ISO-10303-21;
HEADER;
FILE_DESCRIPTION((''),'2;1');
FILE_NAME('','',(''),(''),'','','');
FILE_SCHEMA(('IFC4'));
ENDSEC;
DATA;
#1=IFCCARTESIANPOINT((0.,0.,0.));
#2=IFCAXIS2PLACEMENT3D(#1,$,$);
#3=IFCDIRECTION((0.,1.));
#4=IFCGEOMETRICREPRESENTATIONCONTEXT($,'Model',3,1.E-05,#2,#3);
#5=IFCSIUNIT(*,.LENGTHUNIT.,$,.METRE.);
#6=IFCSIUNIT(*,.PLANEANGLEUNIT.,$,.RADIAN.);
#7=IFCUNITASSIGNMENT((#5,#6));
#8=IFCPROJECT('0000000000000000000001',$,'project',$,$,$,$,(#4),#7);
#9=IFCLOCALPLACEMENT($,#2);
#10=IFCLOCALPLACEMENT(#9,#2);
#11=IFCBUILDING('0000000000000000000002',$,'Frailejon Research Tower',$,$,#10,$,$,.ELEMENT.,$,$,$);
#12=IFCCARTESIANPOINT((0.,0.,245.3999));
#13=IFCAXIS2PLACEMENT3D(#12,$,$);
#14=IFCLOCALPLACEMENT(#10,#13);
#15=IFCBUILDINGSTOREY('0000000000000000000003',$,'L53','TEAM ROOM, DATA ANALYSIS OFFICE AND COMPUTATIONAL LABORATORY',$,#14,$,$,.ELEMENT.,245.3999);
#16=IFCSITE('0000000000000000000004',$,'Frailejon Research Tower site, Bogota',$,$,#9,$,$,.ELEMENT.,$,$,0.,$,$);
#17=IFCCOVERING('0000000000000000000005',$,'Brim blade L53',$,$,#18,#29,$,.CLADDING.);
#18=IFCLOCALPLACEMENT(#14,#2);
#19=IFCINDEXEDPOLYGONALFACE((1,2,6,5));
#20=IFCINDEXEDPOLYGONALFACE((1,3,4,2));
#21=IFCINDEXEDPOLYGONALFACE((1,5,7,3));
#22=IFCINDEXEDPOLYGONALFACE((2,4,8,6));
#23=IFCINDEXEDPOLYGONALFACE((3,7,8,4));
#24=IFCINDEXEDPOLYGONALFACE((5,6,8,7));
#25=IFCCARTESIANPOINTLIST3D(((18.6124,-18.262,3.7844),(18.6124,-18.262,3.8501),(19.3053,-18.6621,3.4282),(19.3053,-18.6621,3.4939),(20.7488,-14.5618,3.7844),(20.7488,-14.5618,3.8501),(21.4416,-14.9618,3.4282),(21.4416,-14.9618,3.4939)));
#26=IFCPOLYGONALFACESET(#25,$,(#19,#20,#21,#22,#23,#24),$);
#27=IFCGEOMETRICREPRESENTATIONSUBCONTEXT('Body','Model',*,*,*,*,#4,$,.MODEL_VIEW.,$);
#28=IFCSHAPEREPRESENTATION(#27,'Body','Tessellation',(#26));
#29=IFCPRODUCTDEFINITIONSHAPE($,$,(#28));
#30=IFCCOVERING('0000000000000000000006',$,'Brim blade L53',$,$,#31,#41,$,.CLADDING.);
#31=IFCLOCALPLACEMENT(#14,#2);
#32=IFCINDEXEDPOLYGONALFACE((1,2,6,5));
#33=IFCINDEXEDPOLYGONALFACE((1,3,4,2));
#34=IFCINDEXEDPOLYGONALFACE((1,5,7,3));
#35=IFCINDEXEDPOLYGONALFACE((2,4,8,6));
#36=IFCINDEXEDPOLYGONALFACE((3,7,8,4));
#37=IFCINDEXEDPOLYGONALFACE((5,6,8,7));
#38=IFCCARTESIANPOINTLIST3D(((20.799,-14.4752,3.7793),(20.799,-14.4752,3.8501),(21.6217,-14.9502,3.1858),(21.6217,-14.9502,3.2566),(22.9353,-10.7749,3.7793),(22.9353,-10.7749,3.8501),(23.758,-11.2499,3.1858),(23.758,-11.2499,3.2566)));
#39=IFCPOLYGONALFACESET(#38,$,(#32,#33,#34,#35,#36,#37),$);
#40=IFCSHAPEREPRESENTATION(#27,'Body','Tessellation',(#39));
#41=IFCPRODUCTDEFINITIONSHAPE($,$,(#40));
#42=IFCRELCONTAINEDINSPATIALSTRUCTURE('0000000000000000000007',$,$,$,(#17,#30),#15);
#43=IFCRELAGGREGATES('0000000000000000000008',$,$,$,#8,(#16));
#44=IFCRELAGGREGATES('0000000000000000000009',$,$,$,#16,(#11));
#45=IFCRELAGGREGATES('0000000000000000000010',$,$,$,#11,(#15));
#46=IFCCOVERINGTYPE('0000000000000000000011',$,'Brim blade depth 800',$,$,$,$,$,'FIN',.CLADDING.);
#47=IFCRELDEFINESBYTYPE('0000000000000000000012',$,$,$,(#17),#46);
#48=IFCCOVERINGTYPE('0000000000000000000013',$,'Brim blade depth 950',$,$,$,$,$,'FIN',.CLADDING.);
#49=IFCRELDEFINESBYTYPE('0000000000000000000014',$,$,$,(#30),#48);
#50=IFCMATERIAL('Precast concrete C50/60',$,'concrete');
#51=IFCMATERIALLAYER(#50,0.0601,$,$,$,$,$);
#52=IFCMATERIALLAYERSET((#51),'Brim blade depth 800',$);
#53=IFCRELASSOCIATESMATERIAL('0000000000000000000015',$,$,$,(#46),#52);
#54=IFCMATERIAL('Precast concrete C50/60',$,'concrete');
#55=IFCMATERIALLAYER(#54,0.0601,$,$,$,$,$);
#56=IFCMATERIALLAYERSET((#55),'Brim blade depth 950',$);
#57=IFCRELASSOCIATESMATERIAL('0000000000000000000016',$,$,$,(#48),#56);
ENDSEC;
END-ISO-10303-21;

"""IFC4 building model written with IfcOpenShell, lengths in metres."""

from ifc_helpers import new_model, si_unit, direction, frame, origin, place, context, subcontext, project, spatial, polyline, outline, extrude, material, layer, layer_set, type_object, element, save


model = new_model("IFC4")

# Units and contexts
model_context = context("Model", 3, precision=1e-05, world=origin(), true_north=direction((0.0, 1.0)))
body_context = subcontext(model_context, "Body", "Model", "MODEL_VIEW")
ifc_project = project(units=[si_unit("LENGTHUNIT", "METRE"), si_unit("PLANEANGLEUNIT", "RADIAN")], contexts=[model_context])

# Site, building, storey
site_placement = place(None, origin())
site = spatial("IfcSite", under=ifc_project, at=site_placement, Name="Frailejon Research Tower site, Bogota", CompositionType="ELEMENT", RefElevation=0.0)
building_placement = place(site_placement, origin())
building = spatial("IfcBuilding", under=site, at=building_placement, Name="Frailejon Research Tower", CompositionType="ELEMENT")
storey_placement = place(building_placement, frame((0.0, 0.0, 245.3999)))
storey = spatial("IfcBuildingStorey", under=building, at=storey_placement, Name="L53", Description="TEAM ROOM, DATA ANALYSIS OFFICE AND COMPUTATIONAL LABORATORY", CompositionType="ELEMENT", Elevation=245.3999)

# Coverings
ifc_material_1 = material(Name="Precast concrete C50/60", Category="concrete")
ifc_layer_1 = layer(ifc_material_1, 0.0601)
ifc_layer_set_1 = layer_set([ifc_layer_1], Name="Brim blade depth 800")
covering_type_1 = type_object("IfcCoveringType", Name="Brim blade depth 800", ElementType="FIN", PredefinedType="CLADDING", material=ifc_layer_set_1)
covering_1_placement = place(storey_placement, frame((20.7488, -14.5618, 3.8501), z_axis=(-0.499996, -0.866028, 0.0), x_axis=(0.866028, -0.499996, 0.0)))
element("IfcCovering", 1, at=covering_1_placement, inside=storey, type_object=covering_type_1, Name="Brim blade L53", PredefinedType="CLADDING", context=body_context, shape_type="SweptSolid", body=[
    extrude(outline(polyline([(0.0, -0.0657), (0.8, -0.4219), (0.8, -0.3562), (0.0, 0.0), (0.0, -0.0657)])), origin(), (0.0, 0.0, 1.0), 4.2727),
])
ifc_material_2 = material(Name="Precast concrete C50/60", Category="concrete")
ifc_layer_2 = layer(ifc_material_2, 0.0601)
ifc_layer_set_2 = layer_set([ifc_layer_2], Name="Brim blade depth 950")
covering_type_2 = type_object("IfcCoveringType", Name="Brim blade depth 950", ElementType="FIN", PredefinedType="CLADDING", material=ifc_layer_set_2)
covering_2_placement = place(storey_placement, frame((22.9353, -10.7749, 3.8501), z_axis=(-0.499996, -0.866028, 0.0), x_axis=(0.866028, -0.499996, 0.0)))
element("IfcCovering", 2, at=covering_2_placement, inside=storey, type_object=covering_type_2, Name="Brim blade L53", PredefinedType="CLADDING", context=body_context, shape_type="SweptSolid", body=[
    extrude(outline(polyline([(0.0, -0.0708), (0.95, -0.6643), (0.95, -0.5935), (0.0, 0.0), (0.0, -0.0708)])), origin(), (0.0, 0.0, 1.0), 4.2727),
])

save(model, "model.ifc")
